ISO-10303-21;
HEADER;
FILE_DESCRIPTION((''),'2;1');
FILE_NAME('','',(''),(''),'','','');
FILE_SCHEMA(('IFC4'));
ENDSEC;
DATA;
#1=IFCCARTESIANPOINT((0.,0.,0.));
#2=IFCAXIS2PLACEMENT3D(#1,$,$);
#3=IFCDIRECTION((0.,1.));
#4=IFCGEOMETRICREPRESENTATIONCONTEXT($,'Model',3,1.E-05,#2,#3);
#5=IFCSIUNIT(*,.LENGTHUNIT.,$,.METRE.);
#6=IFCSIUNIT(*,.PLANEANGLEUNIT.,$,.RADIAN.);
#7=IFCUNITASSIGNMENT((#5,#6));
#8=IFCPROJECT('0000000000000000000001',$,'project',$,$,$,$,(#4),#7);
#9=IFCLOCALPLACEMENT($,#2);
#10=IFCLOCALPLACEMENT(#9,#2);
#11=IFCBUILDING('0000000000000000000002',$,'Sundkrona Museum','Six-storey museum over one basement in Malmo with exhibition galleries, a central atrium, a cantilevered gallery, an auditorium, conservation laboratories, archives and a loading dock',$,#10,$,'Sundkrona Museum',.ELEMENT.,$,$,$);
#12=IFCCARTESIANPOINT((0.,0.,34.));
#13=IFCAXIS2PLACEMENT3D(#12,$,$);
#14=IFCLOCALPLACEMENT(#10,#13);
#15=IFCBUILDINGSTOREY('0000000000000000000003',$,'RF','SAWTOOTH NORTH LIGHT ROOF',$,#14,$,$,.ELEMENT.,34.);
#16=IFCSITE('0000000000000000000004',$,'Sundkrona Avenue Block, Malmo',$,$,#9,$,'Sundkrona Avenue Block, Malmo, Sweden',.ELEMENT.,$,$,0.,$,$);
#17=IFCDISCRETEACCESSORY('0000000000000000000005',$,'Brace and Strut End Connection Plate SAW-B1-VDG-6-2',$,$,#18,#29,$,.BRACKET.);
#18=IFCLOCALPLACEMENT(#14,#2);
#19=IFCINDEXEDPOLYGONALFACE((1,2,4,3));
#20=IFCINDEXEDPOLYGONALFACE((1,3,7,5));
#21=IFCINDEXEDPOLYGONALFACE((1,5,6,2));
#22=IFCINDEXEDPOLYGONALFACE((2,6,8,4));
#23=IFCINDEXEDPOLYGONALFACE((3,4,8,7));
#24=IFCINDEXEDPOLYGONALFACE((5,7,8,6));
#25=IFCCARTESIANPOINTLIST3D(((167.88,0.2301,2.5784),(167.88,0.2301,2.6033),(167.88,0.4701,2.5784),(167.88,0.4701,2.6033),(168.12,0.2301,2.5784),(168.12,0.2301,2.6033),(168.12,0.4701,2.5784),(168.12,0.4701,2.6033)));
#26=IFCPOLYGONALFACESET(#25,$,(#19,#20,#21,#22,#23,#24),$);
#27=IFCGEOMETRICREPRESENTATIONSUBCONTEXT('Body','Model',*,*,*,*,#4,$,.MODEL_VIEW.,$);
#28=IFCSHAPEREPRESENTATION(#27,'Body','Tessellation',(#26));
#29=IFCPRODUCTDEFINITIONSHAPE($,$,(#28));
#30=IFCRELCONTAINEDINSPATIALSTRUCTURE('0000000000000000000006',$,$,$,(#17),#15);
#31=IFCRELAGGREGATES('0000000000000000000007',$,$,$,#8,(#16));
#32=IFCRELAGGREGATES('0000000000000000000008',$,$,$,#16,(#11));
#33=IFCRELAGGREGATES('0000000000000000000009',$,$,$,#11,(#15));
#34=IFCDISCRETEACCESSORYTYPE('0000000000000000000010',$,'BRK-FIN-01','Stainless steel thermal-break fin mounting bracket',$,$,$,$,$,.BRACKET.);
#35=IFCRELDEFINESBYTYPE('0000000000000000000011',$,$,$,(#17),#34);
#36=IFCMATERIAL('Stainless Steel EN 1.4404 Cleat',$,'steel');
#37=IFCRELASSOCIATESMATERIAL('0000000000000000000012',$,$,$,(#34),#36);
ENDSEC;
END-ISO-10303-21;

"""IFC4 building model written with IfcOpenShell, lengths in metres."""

from ifc_helpers import new_model, si_unit, direction, frame, origin, origin_2d, place, context, subcontext, project, spatial, rectangle, extrude, material, type_object, element, save


model = new_model("IFC4")

# Units and contexts
model_context = context("Model", 3, precision=1e-05, world=origin(), true_north=direction((0.0, 1.0)))
body_context = subcontext(model_context, "Body", "Model", "MODEL_VIEW")
ifc_project = project(units=[si_unit("LENGTHUNIT", "METRE"), si_unit("PLANEANGLEUNIT", "RADIAN")], contexts=[model_context])

# Site, building, storey
site_placement = place(None, origin())
site = spatial("IfcSite", under=ifc_project, at=site_placement, Name="Sundkrona Avenue Block, Malmo", LongName="Sundkrona Avenue Block, Malmo, Sweden", CompositionType="ELEMENT", RefElevation=0.0)
building_placement = place(site_placement, origin())
building = spatial("IfcBuilding", under=site, at=building_placement, Name="Sundkrona Museum", Description="Six-storey museum over one basement in Malmo with exhibition galleries, a central atrium, a cantilevered gallery, an auditorium, conservation laboratories, archives and a loading dock", LongName="Sundkrona Museum", CompositionType="ELEMENT")
storey_placement = place(building_placement, frame((0.0, 0.0, 34.0)))
storey = spatial("IfcBuildingStorey", under=building, at=storey_placement, Name="RF", Description="SAWTOOTH NORTH LIGHT ROOF", CompositionType="ELEMENT", Elevation=34.0)

# Discrete accessory
ifc_material_1 = material(Name="Stainless Steel EN 1.4404 Cleat", Category="steel")
discrete_accessory_type = type_object("IfcDiscreteAccessoryType", Name="BRK-FIN-01", Description="Stainless steel thermal-break fin mounting bracket", PredefinedType="BRACKET", material=ifc_material_1)
discrete_accessory_placement = place(storey_placement, frame((168.0, 0.3501, 2.5784), z_axis=(0.0, 0.0, 1.0), x_axis=(1.0, 0.0, 0.0)))
element("IfcDiscreteAccessory", 1, at=discrete_accessory_placement, inside=storey, type_object=discrete_accessory_type, Name="Brace and Strut End Connection Plate SAW-B1-VDG-6-2", PredefinedType="BRACKET", context=body_context, shape_type="SweptSolid", body=[
    extrude(rectangle(XDim=0.24, YDim=0.24, at=origin_2d()), origin(), (0.0, 0.0, 1.0), 0.0249),
])

save(model, "model.ifc")
